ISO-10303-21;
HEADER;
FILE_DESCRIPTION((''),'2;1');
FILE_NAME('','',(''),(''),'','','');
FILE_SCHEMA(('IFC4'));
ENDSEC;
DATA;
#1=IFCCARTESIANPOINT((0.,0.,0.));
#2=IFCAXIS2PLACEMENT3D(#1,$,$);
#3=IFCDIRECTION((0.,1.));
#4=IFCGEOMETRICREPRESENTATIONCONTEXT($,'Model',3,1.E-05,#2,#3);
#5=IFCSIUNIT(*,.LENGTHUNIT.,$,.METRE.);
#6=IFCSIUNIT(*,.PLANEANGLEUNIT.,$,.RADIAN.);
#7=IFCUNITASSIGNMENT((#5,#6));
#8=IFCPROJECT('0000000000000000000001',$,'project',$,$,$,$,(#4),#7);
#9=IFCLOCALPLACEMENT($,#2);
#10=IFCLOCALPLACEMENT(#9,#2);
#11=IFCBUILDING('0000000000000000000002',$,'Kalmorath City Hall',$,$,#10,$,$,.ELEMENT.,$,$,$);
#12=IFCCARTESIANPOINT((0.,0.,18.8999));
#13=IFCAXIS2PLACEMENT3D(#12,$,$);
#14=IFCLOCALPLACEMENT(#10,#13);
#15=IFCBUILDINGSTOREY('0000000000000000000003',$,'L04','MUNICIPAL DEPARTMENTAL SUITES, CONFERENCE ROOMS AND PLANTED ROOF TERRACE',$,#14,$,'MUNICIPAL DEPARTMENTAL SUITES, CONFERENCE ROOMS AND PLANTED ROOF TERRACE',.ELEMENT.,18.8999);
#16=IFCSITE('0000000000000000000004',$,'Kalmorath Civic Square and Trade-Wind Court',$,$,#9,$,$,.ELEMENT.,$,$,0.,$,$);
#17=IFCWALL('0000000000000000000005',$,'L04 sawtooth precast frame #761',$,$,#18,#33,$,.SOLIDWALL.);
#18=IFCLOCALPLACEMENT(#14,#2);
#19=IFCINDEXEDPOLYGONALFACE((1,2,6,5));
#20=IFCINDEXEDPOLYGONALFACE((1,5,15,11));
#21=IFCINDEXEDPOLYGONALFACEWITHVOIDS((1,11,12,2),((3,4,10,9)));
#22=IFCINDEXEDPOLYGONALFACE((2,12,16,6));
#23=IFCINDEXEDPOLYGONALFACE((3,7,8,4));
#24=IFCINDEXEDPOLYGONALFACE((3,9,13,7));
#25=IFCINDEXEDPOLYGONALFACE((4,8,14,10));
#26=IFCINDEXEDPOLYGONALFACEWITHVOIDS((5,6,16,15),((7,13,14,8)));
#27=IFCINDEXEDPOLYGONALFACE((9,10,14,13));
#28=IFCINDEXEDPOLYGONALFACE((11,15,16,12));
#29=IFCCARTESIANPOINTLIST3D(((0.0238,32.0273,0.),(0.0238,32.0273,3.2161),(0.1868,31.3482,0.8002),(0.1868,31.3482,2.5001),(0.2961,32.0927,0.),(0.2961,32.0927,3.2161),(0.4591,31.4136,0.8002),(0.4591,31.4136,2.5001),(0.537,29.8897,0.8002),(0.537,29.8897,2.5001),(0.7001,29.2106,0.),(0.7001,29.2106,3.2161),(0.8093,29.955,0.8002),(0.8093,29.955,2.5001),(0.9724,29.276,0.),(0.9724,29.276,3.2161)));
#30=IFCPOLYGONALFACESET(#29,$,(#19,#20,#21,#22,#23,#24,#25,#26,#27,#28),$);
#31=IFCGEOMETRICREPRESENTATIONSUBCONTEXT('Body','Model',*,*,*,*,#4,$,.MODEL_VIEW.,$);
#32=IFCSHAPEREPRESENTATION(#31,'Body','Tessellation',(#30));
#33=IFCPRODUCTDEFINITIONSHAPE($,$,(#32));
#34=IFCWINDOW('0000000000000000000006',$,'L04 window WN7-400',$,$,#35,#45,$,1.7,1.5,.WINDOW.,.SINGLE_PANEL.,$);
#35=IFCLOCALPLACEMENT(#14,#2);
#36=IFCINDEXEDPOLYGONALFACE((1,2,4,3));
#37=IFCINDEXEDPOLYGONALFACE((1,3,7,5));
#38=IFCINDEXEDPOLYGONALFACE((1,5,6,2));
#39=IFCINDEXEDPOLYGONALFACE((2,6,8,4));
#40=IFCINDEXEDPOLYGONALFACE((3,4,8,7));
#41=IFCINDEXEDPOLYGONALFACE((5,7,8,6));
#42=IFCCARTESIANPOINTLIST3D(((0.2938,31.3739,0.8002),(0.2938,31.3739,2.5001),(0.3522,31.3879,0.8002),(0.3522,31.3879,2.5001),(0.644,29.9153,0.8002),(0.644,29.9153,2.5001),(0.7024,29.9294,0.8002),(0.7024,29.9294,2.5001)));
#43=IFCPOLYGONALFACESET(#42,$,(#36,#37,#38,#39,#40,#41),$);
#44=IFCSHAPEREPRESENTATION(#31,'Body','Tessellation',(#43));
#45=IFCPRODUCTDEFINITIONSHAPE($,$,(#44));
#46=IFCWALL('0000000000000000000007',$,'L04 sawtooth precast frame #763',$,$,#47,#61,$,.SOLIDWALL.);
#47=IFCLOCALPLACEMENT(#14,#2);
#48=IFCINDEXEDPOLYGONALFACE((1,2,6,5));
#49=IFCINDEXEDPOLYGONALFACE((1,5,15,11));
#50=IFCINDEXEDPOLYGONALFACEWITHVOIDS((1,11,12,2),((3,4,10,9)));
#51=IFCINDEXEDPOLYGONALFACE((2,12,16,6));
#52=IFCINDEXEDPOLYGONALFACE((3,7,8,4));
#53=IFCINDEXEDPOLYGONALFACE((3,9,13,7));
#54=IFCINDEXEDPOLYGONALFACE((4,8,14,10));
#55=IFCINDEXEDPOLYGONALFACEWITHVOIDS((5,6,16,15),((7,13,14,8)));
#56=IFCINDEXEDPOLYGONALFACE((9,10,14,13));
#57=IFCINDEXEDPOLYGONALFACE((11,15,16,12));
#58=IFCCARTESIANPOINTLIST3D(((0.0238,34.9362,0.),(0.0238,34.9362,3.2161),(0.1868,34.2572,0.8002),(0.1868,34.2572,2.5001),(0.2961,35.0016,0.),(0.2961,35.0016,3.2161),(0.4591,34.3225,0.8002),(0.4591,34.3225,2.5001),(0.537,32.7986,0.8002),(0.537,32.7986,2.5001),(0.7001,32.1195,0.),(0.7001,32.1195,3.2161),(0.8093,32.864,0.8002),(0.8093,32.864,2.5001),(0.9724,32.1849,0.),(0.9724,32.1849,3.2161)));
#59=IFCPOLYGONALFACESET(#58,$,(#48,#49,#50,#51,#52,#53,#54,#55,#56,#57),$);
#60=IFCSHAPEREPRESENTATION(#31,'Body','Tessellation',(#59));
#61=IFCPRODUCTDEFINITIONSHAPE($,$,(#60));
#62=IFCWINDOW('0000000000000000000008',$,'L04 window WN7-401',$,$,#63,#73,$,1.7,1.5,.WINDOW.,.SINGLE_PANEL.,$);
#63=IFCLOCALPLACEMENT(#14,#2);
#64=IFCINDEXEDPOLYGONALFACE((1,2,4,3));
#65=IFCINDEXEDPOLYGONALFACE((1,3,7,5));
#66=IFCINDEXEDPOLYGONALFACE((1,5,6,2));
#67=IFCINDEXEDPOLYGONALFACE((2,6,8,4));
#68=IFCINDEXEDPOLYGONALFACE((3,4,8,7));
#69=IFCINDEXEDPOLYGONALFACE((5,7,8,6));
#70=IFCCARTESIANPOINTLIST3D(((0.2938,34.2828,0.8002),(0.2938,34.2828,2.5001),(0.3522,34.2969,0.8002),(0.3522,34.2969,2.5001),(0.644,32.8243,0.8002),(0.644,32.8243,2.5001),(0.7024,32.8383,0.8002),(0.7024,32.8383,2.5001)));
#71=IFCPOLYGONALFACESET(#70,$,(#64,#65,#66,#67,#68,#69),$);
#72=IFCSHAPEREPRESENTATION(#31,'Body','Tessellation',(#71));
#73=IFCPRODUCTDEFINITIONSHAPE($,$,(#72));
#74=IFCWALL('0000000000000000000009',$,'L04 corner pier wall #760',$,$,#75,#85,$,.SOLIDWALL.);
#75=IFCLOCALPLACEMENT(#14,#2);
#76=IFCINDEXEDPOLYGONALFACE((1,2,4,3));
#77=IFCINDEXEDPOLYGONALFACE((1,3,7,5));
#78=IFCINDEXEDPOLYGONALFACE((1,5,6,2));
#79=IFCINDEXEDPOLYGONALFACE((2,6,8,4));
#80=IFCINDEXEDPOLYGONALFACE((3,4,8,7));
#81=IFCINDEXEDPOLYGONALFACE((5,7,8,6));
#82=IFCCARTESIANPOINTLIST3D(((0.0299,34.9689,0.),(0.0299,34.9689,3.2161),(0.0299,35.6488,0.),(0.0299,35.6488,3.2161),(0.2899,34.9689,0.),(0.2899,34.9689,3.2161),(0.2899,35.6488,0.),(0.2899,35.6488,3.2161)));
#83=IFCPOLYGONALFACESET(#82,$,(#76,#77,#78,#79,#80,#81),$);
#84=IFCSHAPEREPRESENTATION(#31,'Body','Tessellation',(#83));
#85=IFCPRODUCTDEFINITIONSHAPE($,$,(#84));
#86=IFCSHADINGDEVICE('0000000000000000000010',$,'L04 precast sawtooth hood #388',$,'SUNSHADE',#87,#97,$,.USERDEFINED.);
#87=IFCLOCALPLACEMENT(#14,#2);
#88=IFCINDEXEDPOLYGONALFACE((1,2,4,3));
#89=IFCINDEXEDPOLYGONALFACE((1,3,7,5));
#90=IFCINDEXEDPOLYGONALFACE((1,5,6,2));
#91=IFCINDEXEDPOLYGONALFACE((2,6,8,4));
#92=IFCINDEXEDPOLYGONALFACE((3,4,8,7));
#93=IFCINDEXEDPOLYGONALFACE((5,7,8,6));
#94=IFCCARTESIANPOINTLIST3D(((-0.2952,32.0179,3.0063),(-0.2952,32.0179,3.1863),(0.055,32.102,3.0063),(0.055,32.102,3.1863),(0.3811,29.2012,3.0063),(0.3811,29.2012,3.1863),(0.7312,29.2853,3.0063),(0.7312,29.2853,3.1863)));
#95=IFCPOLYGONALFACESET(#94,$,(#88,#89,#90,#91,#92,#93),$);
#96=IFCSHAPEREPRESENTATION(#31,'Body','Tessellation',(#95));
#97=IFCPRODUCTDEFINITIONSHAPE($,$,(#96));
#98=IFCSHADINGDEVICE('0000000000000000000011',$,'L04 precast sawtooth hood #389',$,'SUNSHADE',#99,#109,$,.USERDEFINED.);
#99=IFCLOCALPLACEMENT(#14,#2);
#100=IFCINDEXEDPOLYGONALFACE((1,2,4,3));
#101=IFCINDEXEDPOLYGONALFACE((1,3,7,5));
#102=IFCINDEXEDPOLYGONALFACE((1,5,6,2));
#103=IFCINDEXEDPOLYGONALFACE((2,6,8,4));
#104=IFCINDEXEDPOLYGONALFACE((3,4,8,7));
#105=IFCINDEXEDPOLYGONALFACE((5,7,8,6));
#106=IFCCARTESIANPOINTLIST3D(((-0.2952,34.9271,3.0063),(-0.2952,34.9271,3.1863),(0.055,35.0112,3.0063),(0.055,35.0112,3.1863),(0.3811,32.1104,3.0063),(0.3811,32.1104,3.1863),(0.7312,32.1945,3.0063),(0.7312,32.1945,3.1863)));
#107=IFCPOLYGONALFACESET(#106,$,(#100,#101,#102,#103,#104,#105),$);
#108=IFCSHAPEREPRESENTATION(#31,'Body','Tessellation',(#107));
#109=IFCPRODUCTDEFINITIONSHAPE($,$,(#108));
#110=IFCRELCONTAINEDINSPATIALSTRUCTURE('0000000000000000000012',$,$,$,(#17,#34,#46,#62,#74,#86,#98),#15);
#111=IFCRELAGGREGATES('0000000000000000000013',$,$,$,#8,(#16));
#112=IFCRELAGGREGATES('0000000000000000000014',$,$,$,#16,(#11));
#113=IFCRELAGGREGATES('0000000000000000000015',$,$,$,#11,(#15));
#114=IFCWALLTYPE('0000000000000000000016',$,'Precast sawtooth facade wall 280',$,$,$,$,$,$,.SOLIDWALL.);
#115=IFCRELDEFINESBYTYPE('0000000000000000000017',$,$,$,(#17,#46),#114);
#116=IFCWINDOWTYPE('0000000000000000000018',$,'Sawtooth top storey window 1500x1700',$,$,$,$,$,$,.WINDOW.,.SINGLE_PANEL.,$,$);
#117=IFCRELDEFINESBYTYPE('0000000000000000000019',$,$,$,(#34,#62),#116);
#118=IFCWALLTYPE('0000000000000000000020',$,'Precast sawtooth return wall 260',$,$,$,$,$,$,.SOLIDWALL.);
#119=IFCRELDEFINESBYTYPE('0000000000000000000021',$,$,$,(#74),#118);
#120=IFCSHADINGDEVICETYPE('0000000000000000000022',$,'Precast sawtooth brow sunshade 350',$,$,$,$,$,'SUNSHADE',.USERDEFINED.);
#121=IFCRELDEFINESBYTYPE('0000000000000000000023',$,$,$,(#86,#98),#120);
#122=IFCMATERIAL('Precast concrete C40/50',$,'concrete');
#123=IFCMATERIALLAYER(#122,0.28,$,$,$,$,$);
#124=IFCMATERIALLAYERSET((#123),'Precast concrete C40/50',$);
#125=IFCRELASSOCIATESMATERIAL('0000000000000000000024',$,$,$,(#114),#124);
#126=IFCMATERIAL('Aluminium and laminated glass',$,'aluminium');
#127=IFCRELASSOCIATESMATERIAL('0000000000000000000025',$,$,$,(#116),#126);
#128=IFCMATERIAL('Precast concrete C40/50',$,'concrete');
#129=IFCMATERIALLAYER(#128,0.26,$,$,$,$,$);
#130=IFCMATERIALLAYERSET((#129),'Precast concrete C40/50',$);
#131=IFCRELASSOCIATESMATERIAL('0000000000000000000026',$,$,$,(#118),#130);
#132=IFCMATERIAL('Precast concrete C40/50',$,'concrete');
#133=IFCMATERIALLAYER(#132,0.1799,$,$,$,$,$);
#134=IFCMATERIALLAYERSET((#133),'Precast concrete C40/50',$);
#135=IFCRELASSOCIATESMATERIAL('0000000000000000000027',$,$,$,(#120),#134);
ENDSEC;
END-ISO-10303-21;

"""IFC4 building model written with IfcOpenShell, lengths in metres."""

from ifc_helpers import new_model, si_unit, direction, frame, frame_2d, origin, origin_2d, place, context, subcontext, project, spatial, rectangle, extrude, material, layer, layer_set, type_object, element, fill, save


model = new_model("IFC4")

# Units and contexts
model_context = context("Model", 3, precision=1e-05, world=origin(), true_north=direction((0.0, 1.0)))
body_context = subcontext(model_context, "Body", "Model", "MODEL_VIEW")
ifc_project = project(units=[si_unit("LENGTHUNIT", "METRE"), si_unit("PLANEANGLEUNIT", "RADIAN")], contexts=[model_context])

# Site, building, storey
site_placement = place(None, origin())
site = spatial("IfcSite", under=ifc_project, at=site_placement, Name="Kalmorath Civic Square and Trade-Wind Court", CompositionType="ELEMENT", RefElevation=0.0)
building_placement = place(site_placement, origin())
building = spatial("IfcBuilding", under=site, at=building_placement, Name="Kalmorath City Hall", CompositionType="ELEMENT")
storey_placement = place(building_placement, frame((0.0, 0.0, 18.8999)))
storey = spatial("IfcBuildingStorey", under=building, at=storey_placement, Name="L04", Description="MUNICIPAL DEPARTMENTAL SUITES, CONFERENCE ROOMS AND PLANTED ROOF TERRACE", LongName="MUNICIPAL DEPARTMENTAL SUITES, CONFERENCE ROOMS AND PLANTED ROOF TERRACE", CompositionType="ELEMENT", Elevation=18.8999)

# Walls, openings, windows
ifc_material_1 = material(Name="Precast concrete C40/50", Category="concrete")
ifc_layer_1 = layer(ifc_material_1, 0.28)
ifc_layer_set_1 = layer_set([ifc_layer_1], Name="Precast concrete C40/50")
wall_type_1 = type_object("IfcWallType", Name="Precast sawtooth facade wall 280", PredefinedType="SOLIDWALL", material=ifc_layer_set_1)
wall_1_placement = place(storey_placement, frame((0.8362, 29.2434, 0.0), z_axis=(0.0, 0.0, 1.0), x_axis=(-0.233462, 0.972366, 0.0)))
wall_1 = element("IfcWall", 1, at=wall_1_placement, inside=storey, type_object=wall_type_1, Name="L04 sawtooth precast frame #761", PredefinedType="SOLIDWALL", context=body_context, shape_type="SweptSolid", body=[
    extrude(rectangle(XDim=2.8967, YDim=0.28, at=frame_2d((1.4482, 0.0))), origin(), (0.0, 0.0, 1.0), 3.2161),
])
opening_1_placement = place(wall_1_placement, frame((0.6982, 0.0, 0.8)))
opening_1 = element("IfcOpeningElement", 2, at=opening_1_placement, cuts=wall_1, PredefinedType="OPENING", context=body_context, shape_type="SweptSolid", body=[
    extrude(rectangle(XDim=1.5, YDim=1.7, at=frame_2d((0.75, 0.8501))), frame((0.0, 0.1499, 0.0), z_axis=(0.0, -1.0, 0.0), x_axis=(1.0, 0.0, 0.0)), (0.0, 0.0, 1.0), 0.3),
])
ifc_material_2 = material(Name="Aluminium and laminated glass", Category="aluminium")
window_type = type_object("IfcWindowType", Name="Sawtooth top storey window 1500x1700", PartitioningType="SINGLE_PANEL", PredefinedType="WINDOW", material=ifc_material_2)
window_1_placement = place(opening_1_placement, origin())
window_1 = element("IfcWindow", 3, at=window_1_placement, inside=storey, type_object=window_type, Name="L04 window WN7-400", OverallHeight=1.7, OverallWidth=1.5, PartitioningType="SINGLE_PANEL", PredefinedType="WINDOW", context=body_context, shape_type="SweptSolid", body=[
    extrude(rectangle(XDim=1.5, YDim=1.7, at=frame_2d((0.75, 0.8501))), frame((0.0, 0.03, 0.0), z_axis=(0.0, -1.0, 0.0), x_axis=(1.0, 0.0, 0.0)), (0.0, 0.0, 1.0), 0.0601),
])
fill(opening_1, window_1)
wall_2_placement = place(storey_placement, frame((0.8362, 32.1523, 0.0), z_axis=(0.0, 0.0, 1.0), x_axis=(-0.233462, 0.972366, 0.0)))
wall_2 = element("IfcWall", 4, at=wall_2_placement, inside=storey, type_object=wall_type_1, Name="L04 sawtooth precast frame #763", PredefinedType="SOLIDWALL", context=body_context, shape_type="SweptSolid", body=[
    extrude(rectangle(XDim=2.8967, YDim=0.28, at=frame_2d((1.4482, 0.0))), origin(), (0.0, 0.0, 1.0), 3.2161),
])
opening_2_placement = place(wall_2_placement, frame((0.6982, 0.0, 0.8)))
opening_2 = element("IfcOpeningElement", 5, at=opening_2_placement, cuts=wall_2, PredefinedType="OPENING", context=body_context, shape_type="SweptSolid", body=[
    extrude(rectangle(XDim=1.5, YDim=1.7, at=frame_2d((0.75, 0.8501))), frame((0.0, 0.1499, 0.0), z_axis=(0.0, -1.0, 0.0), x_axis=(1.0, 0.0, 0.0)), (0.0, 0.0, 1.0), 0.3),
])
window_2_placement = place(opening_2_placement, origin())
window_2 = element("IfcWindow", 6, at=window_2_placement, inside=storey, type_object=window_type, Name="L04 window WN7-401", OverallHeight=1.7, OverallWidth=1.5, PartitioningType="SINGLE_PANEL", PredefinedType="WINDOW", context=body_context, shape_type="SweptSolid", body=[
    extrude(rectangle(XDim=1.5, YDim=1.7, at=frame_2d((0.75, 0.8501))), frame((0.0, 0.03, 0.0), z_axis=(0.0, -1.0, 0.0), x_axis=(1.0, 0.0, 0.0)), (0.0, 0.0, 1.0), 0.0601),
])
fill(opening_2, window_2)

# Wall
ifc_material_3 = material(Name="Precast concrete C40/50", Category="concrete")
ifc_layer_2 = layer(ifc_material_3, 0.26)
ifc_layer_set_2 = layer_set([ifc_layer_2], Name="Precast concrete C40/50")
wall_type_2 = type_object("IfcWallType", Name="Precast sawtooth return wall 260", PredefinedType="SOLIDWALL", material=ifc_layer_set_2)
wall_3_placement = place(storey_placement, frame((0.1599, 34.969, 0.0), z_axis=(0.0, 0.0, 1.0), x_axis=(0.0, 1.0, 0.0)))
element("IfcWall", 7, at=wall_3_placement, inside=storey, type_object=wall_type_2, Name="L04 corner pier wall #760", PredefinedType="SOLIDWALL", context=body_context, shape_type="SweptSolid", body=[
    extrude(rectangle(XDim=0.6799, YDim=0.26, at=frame_2d((0.3398, 0.0))), origin(), (0.0, 0.0, 1.0), 3.2161),
])

# Shading devices
ifc_material_4 = material(Name="Precast concrete C40/50", Category="concrete")
ifc_layer_3 = layer(ifc_material_4, 0.1799)
ifc_layer_set_3 = layer_set([ifc_layer_3], Name="Precast concrete C40/50")
shading_device_type = type_object("IfcShadingDeviceType", Name="Precast sawtooth brow sunshade 350", ElementType="SUNSHADE", PredefinedType="USERDEFINED", material=ifc_layer_set_3)
for number, where, z_axis, x_axis, name in (
    (8, (0.218, 30.6516, 3.0063), (0.0, 0.0, 1.0), (-0.233445, 0.97237, 0.0), "L04 precast sawtooth hood #388"),
    (9, (0.218, 33.5608, 3.0063), (0.0, 0.0, 1.0), (-0.233445, 0.97237, 0.0), "L04 precast sawtooth hood #389"),
):
    element("IfcShadingDevice", number, at=place(storey_placement, frame(where, z_axis=z_axis, x_axis=x_axis)), inside=storey, type_object=shading_device_type, Name=name, ObjectType="SUNSHADE", PredefinedType="USERDEFINED", context=body_context, shape_type="SweptSolid", body=[
        extrude(rectangle(XDim=2.8967, YDim=0.3601, at=origin_2d()), origin(), (0.0, 0.0, 1.0), 0.1799),
    ])

save(model, "model.ifc")
